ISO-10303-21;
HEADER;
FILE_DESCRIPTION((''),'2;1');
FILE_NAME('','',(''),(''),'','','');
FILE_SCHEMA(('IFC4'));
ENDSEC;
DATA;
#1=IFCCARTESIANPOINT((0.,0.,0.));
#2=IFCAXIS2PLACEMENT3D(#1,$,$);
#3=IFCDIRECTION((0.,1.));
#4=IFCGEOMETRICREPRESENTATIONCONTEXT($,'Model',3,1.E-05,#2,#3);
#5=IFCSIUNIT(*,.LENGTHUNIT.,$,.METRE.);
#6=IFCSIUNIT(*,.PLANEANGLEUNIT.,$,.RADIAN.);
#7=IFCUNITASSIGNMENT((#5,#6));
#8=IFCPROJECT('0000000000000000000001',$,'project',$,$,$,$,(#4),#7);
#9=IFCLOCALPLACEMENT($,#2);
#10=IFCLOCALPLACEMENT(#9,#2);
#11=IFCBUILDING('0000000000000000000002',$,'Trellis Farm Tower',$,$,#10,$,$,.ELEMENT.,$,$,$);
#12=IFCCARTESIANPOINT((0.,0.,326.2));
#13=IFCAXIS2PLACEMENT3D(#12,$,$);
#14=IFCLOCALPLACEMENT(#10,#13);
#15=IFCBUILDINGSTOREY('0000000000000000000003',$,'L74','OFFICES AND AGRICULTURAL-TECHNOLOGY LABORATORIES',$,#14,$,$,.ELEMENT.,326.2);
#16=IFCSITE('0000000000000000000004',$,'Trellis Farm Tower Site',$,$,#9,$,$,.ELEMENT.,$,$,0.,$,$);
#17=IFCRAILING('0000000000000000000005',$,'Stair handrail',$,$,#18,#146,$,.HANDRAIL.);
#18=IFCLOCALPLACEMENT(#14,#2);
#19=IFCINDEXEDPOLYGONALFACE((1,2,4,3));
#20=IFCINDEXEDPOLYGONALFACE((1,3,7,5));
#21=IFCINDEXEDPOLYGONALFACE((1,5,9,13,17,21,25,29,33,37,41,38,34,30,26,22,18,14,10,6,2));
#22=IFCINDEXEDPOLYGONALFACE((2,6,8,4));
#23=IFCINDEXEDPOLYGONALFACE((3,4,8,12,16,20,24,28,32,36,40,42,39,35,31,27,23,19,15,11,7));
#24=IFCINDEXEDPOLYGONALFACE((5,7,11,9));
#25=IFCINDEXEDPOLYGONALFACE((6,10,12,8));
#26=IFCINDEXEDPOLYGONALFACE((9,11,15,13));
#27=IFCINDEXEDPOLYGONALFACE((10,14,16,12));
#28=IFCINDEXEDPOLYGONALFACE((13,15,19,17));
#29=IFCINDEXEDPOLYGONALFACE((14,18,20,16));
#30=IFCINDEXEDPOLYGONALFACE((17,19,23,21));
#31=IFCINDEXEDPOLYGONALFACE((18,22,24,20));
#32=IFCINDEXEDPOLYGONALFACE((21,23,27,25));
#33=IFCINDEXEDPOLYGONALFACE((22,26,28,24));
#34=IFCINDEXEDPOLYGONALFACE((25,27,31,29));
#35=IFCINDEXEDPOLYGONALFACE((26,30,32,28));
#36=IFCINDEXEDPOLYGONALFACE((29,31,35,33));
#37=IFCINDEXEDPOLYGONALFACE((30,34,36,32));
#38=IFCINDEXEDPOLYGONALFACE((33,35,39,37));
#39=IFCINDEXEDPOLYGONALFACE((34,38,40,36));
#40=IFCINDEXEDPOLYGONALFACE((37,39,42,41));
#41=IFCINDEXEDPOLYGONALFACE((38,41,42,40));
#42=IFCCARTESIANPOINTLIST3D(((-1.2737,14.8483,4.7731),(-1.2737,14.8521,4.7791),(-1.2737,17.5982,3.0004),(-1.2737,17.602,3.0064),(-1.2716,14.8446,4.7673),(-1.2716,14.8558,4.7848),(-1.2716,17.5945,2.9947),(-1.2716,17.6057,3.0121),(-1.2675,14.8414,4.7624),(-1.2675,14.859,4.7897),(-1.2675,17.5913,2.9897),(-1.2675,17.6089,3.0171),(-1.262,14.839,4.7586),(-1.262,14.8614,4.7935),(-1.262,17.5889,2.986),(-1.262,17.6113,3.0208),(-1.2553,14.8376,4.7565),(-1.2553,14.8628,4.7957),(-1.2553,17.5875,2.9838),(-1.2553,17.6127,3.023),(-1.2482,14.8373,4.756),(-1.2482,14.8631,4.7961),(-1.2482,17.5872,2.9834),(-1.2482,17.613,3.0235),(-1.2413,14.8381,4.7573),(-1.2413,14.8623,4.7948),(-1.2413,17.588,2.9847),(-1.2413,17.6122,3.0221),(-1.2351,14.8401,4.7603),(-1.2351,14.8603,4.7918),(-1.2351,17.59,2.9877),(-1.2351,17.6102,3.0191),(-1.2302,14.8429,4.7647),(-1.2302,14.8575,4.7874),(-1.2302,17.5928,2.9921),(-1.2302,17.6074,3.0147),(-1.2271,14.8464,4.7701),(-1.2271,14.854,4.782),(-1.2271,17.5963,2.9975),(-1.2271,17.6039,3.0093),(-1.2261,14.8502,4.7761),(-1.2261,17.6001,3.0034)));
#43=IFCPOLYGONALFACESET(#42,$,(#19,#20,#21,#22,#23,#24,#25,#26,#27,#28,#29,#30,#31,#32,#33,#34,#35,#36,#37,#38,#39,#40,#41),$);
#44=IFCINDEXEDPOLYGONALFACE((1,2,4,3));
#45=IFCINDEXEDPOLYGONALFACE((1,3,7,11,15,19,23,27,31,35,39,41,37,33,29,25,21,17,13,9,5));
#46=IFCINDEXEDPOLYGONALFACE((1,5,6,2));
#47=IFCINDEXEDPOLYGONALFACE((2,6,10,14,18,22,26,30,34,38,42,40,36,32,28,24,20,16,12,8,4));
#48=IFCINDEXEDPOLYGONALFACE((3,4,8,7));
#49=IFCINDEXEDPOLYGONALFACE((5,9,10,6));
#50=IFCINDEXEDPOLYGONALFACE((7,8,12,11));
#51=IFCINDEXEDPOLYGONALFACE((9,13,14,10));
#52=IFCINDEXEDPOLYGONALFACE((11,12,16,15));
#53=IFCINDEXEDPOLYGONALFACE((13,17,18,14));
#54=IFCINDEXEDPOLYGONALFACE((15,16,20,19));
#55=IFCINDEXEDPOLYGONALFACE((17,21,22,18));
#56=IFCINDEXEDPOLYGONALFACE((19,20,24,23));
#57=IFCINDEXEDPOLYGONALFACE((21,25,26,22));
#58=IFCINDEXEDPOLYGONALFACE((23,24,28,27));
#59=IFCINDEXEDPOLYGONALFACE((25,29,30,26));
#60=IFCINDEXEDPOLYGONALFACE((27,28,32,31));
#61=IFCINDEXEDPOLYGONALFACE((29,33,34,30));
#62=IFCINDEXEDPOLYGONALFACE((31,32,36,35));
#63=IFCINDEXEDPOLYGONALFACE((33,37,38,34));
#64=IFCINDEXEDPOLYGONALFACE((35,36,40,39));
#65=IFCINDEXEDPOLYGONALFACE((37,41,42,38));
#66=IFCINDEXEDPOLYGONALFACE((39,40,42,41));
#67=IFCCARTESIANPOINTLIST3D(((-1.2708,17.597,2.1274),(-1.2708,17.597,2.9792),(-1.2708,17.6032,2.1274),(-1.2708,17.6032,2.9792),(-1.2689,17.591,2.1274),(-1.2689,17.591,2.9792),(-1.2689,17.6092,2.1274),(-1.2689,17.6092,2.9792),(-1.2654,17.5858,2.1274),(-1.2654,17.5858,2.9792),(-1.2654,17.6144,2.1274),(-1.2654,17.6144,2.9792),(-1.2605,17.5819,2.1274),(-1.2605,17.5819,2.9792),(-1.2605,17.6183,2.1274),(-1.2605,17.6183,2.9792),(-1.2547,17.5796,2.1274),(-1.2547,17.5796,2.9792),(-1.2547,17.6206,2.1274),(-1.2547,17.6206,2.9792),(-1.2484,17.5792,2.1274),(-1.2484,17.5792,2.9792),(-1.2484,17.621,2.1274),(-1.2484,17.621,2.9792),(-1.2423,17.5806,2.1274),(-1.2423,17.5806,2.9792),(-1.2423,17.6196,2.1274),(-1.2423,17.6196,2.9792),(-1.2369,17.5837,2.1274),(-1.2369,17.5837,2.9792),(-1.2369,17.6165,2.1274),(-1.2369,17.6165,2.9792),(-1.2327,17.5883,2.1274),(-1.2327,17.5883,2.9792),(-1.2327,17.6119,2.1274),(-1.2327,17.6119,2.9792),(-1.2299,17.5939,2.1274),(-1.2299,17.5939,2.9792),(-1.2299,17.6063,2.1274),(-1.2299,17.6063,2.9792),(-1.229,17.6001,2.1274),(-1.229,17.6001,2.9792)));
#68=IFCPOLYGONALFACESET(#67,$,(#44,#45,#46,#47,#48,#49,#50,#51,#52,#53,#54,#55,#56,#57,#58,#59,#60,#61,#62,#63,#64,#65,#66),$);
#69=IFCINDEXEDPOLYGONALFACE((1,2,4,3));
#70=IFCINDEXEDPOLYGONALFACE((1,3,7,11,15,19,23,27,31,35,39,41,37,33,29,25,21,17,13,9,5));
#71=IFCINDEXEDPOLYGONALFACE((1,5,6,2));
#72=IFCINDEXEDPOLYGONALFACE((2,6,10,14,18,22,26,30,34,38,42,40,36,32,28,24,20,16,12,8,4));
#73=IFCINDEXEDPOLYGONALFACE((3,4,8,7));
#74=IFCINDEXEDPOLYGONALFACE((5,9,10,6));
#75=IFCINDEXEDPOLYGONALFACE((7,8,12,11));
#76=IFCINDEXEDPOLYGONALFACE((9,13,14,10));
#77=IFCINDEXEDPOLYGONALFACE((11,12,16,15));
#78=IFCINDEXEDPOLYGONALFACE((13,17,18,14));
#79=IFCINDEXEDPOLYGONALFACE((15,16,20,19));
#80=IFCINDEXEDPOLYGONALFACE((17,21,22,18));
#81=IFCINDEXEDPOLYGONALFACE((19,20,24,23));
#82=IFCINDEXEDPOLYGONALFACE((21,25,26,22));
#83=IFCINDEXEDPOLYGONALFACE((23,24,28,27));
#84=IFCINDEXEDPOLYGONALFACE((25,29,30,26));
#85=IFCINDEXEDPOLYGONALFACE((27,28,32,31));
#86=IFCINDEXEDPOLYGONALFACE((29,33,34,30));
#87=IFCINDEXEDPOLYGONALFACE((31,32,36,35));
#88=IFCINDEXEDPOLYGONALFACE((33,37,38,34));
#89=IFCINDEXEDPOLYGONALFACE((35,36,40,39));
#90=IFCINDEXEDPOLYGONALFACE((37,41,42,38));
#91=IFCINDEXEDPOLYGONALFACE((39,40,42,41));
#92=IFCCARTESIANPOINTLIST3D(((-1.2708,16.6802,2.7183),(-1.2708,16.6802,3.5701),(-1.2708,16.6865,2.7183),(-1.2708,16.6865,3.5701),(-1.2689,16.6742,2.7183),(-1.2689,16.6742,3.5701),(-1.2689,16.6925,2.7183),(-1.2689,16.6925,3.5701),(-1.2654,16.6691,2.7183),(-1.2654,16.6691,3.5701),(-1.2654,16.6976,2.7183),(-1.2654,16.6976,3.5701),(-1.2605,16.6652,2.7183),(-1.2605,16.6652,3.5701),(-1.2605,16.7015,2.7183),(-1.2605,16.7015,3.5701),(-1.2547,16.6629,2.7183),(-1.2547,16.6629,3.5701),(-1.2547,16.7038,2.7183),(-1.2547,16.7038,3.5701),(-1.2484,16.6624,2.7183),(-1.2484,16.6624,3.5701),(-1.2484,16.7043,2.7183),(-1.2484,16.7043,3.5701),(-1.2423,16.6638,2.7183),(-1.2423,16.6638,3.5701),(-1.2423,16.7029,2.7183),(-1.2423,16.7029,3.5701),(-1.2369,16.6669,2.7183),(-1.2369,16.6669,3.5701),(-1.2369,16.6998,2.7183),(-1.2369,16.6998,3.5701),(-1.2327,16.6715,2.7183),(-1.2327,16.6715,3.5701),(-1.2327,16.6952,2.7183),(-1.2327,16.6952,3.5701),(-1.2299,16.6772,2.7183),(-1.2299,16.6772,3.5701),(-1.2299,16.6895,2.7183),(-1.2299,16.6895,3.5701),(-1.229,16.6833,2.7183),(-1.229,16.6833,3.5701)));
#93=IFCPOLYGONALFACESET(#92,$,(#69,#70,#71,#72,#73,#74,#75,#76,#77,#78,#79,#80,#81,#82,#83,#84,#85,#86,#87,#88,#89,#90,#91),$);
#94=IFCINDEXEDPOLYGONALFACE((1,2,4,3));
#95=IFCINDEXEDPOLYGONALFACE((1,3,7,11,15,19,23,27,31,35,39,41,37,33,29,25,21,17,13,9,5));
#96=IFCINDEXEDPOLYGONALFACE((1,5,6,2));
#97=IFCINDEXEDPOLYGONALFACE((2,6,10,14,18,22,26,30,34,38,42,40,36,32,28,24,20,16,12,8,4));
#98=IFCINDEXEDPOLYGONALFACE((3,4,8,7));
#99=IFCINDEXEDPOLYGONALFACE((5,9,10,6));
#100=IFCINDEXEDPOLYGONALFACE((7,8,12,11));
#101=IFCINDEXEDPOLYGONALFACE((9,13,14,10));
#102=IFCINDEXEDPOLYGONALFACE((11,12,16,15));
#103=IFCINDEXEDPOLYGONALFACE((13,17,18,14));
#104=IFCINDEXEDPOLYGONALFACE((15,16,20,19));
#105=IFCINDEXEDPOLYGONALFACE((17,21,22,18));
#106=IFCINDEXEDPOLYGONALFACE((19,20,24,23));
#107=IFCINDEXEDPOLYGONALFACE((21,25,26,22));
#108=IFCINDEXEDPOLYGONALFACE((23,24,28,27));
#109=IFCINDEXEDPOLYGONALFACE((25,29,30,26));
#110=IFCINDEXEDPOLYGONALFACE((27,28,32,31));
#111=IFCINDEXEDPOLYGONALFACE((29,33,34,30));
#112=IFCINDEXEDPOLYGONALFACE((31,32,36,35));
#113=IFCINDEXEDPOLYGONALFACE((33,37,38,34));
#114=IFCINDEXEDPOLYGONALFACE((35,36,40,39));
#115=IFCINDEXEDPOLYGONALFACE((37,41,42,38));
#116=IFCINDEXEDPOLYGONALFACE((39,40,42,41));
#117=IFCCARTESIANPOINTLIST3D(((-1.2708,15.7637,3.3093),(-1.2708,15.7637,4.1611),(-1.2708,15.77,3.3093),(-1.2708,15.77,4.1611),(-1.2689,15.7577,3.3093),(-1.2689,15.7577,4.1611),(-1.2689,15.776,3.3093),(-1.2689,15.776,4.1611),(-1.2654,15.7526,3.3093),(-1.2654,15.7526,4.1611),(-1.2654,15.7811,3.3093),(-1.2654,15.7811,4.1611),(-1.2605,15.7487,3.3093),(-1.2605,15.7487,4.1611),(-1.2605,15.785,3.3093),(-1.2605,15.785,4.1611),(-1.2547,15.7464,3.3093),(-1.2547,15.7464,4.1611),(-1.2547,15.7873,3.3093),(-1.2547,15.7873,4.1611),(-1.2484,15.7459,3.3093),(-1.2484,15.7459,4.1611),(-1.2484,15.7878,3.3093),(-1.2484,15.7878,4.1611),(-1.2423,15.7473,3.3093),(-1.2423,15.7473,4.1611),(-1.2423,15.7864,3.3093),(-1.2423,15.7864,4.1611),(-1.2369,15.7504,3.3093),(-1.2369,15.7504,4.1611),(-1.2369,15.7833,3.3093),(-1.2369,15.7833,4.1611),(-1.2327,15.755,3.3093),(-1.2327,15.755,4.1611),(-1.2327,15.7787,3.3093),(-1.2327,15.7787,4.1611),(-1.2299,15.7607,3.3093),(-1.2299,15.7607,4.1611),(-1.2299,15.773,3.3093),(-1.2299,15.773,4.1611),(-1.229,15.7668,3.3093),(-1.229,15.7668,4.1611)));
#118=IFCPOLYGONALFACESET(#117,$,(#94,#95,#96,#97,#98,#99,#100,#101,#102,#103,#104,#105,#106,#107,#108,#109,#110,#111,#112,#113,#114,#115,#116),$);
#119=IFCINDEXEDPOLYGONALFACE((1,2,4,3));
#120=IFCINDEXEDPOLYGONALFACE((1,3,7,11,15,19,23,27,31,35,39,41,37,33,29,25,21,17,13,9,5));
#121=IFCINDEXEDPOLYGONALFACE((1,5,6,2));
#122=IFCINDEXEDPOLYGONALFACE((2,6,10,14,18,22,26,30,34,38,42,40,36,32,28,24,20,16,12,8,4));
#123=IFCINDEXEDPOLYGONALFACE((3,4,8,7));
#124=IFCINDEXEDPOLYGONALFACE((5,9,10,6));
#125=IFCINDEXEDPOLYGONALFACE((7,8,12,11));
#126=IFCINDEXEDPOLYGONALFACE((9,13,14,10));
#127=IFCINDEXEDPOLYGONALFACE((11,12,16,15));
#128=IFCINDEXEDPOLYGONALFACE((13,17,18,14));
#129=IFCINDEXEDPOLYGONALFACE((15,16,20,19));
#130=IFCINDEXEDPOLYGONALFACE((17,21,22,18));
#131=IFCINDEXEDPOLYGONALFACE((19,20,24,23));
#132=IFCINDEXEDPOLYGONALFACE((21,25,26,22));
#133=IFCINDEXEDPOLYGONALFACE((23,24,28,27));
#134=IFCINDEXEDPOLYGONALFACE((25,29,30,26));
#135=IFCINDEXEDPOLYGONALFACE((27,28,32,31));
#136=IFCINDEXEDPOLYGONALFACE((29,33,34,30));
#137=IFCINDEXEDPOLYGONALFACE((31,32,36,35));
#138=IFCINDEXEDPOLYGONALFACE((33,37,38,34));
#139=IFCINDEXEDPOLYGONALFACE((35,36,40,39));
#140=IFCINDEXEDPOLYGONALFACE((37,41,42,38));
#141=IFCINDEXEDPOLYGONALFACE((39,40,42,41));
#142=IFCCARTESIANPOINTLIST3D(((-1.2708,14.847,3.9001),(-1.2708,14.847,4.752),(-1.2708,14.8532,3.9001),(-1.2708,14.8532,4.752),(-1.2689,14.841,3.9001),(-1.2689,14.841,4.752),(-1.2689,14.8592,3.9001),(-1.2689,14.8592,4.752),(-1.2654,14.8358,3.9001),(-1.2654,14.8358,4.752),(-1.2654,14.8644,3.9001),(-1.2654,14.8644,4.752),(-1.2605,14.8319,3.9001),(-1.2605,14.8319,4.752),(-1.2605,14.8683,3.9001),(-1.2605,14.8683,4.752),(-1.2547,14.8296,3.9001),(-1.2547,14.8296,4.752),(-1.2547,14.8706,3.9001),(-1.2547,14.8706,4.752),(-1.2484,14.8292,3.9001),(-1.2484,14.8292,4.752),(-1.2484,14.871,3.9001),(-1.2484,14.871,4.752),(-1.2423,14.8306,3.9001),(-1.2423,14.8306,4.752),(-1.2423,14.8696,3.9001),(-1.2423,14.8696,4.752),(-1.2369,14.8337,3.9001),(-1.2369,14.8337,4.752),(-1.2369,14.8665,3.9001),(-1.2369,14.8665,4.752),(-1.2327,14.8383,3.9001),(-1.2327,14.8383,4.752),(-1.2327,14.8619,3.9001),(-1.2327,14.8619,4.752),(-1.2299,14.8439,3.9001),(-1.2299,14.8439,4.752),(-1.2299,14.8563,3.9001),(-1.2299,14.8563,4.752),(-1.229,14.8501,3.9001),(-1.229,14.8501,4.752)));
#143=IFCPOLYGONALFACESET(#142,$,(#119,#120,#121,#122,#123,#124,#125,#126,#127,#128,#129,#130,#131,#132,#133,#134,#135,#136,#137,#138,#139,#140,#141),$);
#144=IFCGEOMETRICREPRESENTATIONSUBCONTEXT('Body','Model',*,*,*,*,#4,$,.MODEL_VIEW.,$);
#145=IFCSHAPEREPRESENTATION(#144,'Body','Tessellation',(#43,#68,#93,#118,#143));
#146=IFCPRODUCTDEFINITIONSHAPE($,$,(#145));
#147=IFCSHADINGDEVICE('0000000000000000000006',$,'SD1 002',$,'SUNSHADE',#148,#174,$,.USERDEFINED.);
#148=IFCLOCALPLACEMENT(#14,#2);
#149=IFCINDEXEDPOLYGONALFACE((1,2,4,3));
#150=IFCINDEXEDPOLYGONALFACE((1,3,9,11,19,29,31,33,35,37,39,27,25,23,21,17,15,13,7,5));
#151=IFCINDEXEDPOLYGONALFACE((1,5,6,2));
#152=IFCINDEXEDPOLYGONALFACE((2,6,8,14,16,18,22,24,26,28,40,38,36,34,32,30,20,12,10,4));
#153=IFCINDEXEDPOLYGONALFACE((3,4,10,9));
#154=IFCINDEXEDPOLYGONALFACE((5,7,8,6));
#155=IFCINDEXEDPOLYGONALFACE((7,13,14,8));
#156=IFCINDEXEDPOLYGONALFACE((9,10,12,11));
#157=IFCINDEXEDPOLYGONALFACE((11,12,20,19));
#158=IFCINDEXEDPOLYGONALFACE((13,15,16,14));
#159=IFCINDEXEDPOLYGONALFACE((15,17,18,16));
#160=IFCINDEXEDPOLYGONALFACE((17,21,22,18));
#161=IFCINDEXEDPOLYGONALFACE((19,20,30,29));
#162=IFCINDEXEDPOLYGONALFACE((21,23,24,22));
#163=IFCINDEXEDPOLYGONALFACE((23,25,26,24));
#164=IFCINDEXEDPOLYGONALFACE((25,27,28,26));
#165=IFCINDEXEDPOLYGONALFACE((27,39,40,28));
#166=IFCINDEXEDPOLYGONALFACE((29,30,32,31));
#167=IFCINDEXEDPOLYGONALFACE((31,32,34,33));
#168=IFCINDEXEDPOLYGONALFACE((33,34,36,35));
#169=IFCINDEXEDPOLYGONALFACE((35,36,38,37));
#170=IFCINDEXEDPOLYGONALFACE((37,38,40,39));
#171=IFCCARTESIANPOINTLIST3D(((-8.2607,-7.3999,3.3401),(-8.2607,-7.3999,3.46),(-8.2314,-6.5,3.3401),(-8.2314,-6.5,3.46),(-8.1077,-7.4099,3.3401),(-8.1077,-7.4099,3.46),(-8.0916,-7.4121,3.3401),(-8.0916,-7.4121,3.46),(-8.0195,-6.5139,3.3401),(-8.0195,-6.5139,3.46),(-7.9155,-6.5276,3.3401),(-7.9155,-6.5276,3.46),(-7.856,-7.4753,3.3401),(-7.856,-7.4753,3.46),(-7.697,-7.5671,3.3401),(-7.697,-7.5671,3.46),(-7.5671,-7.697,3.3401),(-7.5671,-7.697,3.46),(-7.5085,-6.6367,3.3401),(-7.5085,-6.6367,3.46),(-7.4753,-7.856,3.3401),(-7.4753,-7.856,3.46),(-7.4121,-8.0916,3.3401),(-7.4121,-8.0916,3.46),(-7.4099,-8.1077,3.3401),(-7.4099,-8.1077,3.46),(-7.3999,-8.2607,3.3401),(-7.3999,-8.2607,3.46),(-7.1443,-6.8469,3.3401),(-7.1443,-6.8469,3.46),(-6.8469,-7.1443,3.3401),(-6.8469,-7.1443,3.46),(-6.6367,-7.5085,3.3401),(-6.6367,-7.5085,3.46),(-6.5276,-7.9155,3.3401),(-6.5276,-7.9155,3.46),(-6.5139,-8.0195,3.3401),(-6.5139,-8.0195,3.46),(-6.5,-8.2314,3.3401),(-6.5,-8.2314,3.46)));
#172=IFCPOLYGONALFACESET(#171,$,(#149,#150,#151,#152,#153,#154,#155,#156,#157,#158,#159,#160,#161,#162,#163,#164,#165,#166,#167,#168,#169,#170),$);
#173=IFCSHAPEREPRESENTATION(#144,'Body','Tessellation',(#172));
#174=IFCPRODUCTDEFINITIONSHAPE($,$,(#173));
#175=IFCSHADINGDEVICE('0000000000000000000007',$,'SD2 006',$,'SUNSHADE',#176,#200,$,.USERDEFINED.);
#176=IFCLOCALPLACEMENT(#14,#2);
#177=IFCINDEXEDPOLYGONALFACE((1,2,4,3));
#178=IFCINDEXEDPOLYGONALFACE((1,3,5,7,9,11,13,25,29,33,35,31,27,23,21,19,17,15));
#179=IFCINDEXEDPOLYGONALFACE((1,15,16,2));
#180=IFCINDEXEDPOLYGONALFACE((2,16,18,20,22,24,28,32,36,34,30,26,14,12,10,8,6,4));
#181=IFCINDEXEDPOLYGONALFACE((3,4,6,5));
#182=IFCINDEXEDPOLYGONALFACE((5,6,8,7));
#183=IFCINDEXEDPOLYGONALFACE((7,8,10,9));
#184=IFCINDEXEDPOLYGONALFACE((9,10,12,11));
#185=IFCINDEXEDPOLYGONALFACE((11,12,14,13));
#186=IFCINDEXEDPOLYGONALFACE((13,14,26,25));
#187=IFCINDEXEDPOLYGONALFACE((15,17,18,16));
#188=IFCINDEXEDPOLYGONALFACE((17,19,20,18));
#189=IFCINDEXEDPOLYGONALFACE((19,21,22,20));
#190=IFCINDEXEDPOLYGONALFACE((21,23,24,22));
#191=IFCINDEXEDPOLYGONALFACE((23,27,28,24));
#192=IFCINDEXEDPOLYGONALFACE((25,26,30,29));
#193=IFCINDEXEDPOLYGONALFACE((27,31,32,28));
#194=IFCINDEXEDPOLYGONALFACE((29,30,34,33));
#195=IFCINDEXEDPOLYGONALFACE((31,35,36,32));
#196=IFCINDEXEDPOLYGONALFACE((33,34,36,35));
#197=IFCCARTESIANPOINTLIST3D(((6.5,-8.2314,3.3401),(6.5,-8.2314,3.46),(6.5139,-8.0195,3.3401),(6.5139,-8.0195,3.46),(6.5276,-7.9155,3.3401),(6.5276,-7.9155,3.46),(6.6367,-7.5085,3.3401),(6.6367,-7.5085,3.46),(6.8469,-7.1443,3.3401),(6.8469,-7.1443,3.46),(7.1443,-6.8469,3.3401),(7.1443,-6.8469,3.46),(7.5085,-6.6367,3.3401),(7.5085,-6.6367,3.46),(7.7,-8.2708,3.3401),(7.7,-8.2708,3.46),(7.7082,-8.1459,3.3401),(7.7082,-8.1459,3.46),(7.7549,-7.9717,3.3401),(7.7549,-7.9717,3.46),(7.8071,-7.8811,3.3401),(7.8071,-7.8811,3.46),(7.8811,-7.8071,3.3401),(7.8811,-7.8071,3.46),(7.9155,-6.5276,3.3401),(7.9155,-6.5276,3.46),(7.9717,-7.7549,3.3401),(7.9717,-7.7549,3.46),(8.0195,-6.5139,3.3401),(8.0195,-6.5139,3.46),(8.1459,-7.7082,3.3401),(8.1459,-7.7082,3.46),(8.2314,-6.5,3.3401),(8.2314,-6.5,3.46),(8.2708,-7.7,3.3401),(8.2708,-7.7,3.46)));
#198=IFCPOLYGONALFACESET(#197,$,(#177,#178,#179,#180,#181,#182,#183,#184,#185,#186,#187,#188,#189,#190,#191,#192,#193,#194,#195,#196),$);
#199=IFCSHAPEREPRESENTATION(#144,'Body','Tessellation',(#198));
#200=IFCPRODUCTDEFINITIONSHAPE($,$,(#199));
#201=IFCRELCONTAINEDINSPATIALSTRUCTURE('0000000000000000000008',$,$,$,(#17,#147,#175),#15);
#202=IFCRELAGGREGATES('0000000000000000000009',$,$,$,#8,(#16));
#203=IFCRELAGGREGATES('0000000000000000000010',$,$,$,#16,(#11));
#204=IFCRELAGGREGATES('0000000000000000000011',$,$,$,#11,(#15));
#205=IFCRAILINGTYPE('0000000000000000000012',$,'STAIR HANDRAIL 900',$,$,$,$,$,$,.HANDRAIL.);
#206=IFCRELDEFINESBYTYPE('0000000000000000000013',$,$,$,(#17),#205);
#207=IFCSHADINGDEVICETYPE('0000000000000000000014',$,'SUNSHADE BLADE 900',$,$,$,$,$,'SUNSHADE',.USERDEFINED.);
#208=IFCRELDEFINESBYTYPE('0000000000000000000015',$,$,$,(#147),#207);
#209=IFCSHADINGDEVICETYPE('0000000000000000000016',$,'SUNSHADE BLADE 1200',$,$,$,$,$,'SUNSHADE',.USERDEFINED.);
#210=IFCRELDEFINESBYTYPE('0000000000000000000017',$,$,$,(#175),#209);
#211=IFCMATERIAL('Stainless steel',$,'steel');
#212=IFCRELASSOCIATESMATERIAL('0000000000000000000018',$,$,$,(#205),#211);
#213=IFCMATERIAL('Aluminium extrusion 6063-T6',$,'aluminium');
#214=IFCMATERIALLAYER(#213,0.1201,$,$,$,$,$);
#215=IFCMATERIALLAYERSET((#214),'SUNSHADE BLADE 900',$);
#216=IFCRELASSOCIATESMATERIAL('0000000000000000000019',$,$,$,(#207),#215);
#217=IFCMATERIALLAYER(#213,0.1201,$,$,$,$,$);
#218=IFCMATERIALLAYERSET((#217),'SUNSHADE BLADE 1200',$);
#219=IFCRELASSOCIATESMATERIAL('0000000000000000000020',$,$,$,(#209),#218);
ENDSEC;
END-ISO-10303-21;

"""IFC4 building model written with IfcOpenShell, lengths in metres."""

from ifc_helpers import new_model, si_unit, direction, frame, origin, origin_2d, place, context, subcontext, project, spatial, polyline, circle, outline, extrude, source, transform, mapped, material, layer, layer_set, type_object, element, save


model = new_model("IFC4")

# Units and contexts
model_context = context("Model", 3, precision=1e-05, world=origin(), true_north=direction((0.0, 1.0)))
body_context = subcontext(model_context, "Body", "Model", "MODEL_VIEW")
ifc_project = project(units=[si_unit("LENGTHUNIT", "METRE"), si_unit("PLANEANGLEUNIT", "RADIAN")], contexts=[model_context])

# Site, building, storey
site_placement = place(None, origin())
site = spatial("IfcSite", under=ifc_project, at=site_placement, Name="Trellis Farm Tower Site", CompositionType="ELEMENT", RefElevation=0.0)
building_placement = place(site_placement, origin())
building = spatial("IfcBuilding", under=site, at=building_placement, Name="Trellis Farm Tower", CompositionType="ELEMENT")
storey_placement = place(building_placement, frame((0.0, 0.0, 326.2)))
storey = spatial("IfcBuildingStorey", under=building, at=storey_placement, Name="L74", Description="OFFICES AND AGRICULTURAL-TECHNOLOGY LABORATORIES", CompositionType="ELEMENT", Elevation=326.2)

# Shared definitions
ifc_material_1 = material(Name="Aluminium extrusion 6063-T6", Category="aluminium")

# Railing
ifc_material_2 = material(Name="Stainless steel", Category="steel")
railing_type = type_object("IfcRailingType", Name="STAIR HANDRAIL 900", PredefinedType="HANDRAIL", material=ifc_material_2)
shared_shape_1 = source(origin(), body_context, "Body", "SweptSolid", [
    extrude(circle(Radius=0.0239, at=origin_2d()), frame((0.0, 0.0, 0.876), z_axis=(0.0, -0.840504, 0.541806), x_axis=(1.0, 0.0, 0.0)), (0.0, 0.0, 1.0), 3.2717),
    extrude(circle(Radius=0.021, at=origin_2d()), origin(), (0.0, 0.0, 1.0), 0.8518),
    extrude(circle(Radius=0.021, at=origin_2d()), frame((0.0, -0.9167, 0.5908)), (0.0, 0.0, 1.0), 0.8518),
    extrude(circle(Radius=0.021, at=origin_2d()), frame((0.0, -1.8333, 1.1819)), (0.0, 0.0, 1.0), 0.8518),
    extrude(circle(Radius=0.021, at=origin_2d()), frame((0.0, -2.75, 1.7727)), (0.0, 0.0, 1.0), 0.8518),
])
railing_placement = place(storey_placement, frame((-1.25, 17.6001, 2.1274)))
element("IfcRailing", 1, at=railing_placement, inside=storey, type_object=railing_type, Name="Stair handrail", PredefinedType="HANDRAIL", context=body_context, shape_type="MappedRepresentation", body=[
    mapped(shared_shape_1, transform((0.0, 0.0, 0.0))),
])

# Shading devices
ifc_layer_1 = layer(ifc_material_1, 0.1201)
ifc_layer_set_1 = layer_set([ifc_layer_1], Name="SUNSHADE BLADE 900")
shading_device_type_1 = type_object("IfcShadingDeviceType", Name="SUNSHADE BLADE 900", ElementType="SUNSHADE", PredefinedType="USERDEFINED", material=ifc_layer_set_1)
shared_shape_2 = source(origin(), body_context, "Body", "SweptSolid", [
    extrude(outline(polyline([(-8.2607, -7.3999), (-8.1077, -7.4099), (-8.0916, -7.4121), (-7.856, -7.4753), (-7.697, -7.5671), (-7.5671, -7.697), (-7.4753, -7.856), (-7.4121, -8.0916), (-7.4099, -8.1077), (-7.3999, -8.2607), (-6.5, -8.2314), (-6.5139, -8.0195), (-6.5276, -7.9155), (-6.6367, -7.5085), (-6.8469, -7.1443), (-7.1443, -6.8469), (-7.5085, -6.6367), (-7.9155, -6.5276), (-8.0195, -6.5139), (-8.2314, -6.5), (-8.2607, -7.3999)])), origin(), (0.0, 0.0, 1.0), 0.1199),
])
placement_1 = place(storey_placement, frame((0.0, 0.0, 3.3401)))
element("IfcShadingDevice", 2, at=placement_1, inside=storey, type_object=shading_device_type_1, Name="SD1 002", ObjectType="SUNSHADE", PredefinedType="USERDEFINED", context=body_context, shape_type="MappedRepresentation", body=[
    mapped(shared_shape_2, transform((0.0, 0.0, 0.0))),
])
ifc_layer_2 = layer(ifc_material_1, 0.1201)
ifc_layer_set_2 = layer_set([ifc_layer_2], Name="SUNSHADE BLADE 1200")
shading_device_type_2 = type_object("IfcShadingDeviceType", Name="SUNSHADE BLADE 1200", ElementType="SUNSHADE", PredefinedType="USERDEFINED", material=ifc_layer_set_2)
shared_shape_3 = source(origin(), body_context, "Body", "SweptSolid", [
    extrude(outline(polyline([(7.7, -8.2708), (7.7087, -8.1372), (7.707, -8.1501), (7.7549, -7.9717), (7.8071, -7.8811), (7.8811, -7.8071), (7.9717, -7.7549), (8.1501, -7.707), (8.1372, -7.7087), (8.2708, -7.7), (8.2314, -6.5), (8.0195, -6.5139), (7.9155, -6.5276), (7.5085, -6.6367), (7.1443, -6.8469), (6.8469, -7.1443), (6.6367, -7.5085), (6.5276, -7.9155), (6.5139, -8.0195), (6.5, -8.2314), (7.7, -8.2708)])), origin(), (0.0, 0.0, 1.0), 0.1199),
])
element("IfcShadingDevice", 3, at=placement_1, inside=storey, type_object=shading_device_type_2, Name="SD2 006", ObjectType="SUNSHADE", PredefinedType="USERDEFINED", context=body_context, shape_type="MappedRepresentation", body=[
    mapped(shared_shape_3, transform((0.0, 0.0, 0.0))),
])

save(model, "model.ifc")
